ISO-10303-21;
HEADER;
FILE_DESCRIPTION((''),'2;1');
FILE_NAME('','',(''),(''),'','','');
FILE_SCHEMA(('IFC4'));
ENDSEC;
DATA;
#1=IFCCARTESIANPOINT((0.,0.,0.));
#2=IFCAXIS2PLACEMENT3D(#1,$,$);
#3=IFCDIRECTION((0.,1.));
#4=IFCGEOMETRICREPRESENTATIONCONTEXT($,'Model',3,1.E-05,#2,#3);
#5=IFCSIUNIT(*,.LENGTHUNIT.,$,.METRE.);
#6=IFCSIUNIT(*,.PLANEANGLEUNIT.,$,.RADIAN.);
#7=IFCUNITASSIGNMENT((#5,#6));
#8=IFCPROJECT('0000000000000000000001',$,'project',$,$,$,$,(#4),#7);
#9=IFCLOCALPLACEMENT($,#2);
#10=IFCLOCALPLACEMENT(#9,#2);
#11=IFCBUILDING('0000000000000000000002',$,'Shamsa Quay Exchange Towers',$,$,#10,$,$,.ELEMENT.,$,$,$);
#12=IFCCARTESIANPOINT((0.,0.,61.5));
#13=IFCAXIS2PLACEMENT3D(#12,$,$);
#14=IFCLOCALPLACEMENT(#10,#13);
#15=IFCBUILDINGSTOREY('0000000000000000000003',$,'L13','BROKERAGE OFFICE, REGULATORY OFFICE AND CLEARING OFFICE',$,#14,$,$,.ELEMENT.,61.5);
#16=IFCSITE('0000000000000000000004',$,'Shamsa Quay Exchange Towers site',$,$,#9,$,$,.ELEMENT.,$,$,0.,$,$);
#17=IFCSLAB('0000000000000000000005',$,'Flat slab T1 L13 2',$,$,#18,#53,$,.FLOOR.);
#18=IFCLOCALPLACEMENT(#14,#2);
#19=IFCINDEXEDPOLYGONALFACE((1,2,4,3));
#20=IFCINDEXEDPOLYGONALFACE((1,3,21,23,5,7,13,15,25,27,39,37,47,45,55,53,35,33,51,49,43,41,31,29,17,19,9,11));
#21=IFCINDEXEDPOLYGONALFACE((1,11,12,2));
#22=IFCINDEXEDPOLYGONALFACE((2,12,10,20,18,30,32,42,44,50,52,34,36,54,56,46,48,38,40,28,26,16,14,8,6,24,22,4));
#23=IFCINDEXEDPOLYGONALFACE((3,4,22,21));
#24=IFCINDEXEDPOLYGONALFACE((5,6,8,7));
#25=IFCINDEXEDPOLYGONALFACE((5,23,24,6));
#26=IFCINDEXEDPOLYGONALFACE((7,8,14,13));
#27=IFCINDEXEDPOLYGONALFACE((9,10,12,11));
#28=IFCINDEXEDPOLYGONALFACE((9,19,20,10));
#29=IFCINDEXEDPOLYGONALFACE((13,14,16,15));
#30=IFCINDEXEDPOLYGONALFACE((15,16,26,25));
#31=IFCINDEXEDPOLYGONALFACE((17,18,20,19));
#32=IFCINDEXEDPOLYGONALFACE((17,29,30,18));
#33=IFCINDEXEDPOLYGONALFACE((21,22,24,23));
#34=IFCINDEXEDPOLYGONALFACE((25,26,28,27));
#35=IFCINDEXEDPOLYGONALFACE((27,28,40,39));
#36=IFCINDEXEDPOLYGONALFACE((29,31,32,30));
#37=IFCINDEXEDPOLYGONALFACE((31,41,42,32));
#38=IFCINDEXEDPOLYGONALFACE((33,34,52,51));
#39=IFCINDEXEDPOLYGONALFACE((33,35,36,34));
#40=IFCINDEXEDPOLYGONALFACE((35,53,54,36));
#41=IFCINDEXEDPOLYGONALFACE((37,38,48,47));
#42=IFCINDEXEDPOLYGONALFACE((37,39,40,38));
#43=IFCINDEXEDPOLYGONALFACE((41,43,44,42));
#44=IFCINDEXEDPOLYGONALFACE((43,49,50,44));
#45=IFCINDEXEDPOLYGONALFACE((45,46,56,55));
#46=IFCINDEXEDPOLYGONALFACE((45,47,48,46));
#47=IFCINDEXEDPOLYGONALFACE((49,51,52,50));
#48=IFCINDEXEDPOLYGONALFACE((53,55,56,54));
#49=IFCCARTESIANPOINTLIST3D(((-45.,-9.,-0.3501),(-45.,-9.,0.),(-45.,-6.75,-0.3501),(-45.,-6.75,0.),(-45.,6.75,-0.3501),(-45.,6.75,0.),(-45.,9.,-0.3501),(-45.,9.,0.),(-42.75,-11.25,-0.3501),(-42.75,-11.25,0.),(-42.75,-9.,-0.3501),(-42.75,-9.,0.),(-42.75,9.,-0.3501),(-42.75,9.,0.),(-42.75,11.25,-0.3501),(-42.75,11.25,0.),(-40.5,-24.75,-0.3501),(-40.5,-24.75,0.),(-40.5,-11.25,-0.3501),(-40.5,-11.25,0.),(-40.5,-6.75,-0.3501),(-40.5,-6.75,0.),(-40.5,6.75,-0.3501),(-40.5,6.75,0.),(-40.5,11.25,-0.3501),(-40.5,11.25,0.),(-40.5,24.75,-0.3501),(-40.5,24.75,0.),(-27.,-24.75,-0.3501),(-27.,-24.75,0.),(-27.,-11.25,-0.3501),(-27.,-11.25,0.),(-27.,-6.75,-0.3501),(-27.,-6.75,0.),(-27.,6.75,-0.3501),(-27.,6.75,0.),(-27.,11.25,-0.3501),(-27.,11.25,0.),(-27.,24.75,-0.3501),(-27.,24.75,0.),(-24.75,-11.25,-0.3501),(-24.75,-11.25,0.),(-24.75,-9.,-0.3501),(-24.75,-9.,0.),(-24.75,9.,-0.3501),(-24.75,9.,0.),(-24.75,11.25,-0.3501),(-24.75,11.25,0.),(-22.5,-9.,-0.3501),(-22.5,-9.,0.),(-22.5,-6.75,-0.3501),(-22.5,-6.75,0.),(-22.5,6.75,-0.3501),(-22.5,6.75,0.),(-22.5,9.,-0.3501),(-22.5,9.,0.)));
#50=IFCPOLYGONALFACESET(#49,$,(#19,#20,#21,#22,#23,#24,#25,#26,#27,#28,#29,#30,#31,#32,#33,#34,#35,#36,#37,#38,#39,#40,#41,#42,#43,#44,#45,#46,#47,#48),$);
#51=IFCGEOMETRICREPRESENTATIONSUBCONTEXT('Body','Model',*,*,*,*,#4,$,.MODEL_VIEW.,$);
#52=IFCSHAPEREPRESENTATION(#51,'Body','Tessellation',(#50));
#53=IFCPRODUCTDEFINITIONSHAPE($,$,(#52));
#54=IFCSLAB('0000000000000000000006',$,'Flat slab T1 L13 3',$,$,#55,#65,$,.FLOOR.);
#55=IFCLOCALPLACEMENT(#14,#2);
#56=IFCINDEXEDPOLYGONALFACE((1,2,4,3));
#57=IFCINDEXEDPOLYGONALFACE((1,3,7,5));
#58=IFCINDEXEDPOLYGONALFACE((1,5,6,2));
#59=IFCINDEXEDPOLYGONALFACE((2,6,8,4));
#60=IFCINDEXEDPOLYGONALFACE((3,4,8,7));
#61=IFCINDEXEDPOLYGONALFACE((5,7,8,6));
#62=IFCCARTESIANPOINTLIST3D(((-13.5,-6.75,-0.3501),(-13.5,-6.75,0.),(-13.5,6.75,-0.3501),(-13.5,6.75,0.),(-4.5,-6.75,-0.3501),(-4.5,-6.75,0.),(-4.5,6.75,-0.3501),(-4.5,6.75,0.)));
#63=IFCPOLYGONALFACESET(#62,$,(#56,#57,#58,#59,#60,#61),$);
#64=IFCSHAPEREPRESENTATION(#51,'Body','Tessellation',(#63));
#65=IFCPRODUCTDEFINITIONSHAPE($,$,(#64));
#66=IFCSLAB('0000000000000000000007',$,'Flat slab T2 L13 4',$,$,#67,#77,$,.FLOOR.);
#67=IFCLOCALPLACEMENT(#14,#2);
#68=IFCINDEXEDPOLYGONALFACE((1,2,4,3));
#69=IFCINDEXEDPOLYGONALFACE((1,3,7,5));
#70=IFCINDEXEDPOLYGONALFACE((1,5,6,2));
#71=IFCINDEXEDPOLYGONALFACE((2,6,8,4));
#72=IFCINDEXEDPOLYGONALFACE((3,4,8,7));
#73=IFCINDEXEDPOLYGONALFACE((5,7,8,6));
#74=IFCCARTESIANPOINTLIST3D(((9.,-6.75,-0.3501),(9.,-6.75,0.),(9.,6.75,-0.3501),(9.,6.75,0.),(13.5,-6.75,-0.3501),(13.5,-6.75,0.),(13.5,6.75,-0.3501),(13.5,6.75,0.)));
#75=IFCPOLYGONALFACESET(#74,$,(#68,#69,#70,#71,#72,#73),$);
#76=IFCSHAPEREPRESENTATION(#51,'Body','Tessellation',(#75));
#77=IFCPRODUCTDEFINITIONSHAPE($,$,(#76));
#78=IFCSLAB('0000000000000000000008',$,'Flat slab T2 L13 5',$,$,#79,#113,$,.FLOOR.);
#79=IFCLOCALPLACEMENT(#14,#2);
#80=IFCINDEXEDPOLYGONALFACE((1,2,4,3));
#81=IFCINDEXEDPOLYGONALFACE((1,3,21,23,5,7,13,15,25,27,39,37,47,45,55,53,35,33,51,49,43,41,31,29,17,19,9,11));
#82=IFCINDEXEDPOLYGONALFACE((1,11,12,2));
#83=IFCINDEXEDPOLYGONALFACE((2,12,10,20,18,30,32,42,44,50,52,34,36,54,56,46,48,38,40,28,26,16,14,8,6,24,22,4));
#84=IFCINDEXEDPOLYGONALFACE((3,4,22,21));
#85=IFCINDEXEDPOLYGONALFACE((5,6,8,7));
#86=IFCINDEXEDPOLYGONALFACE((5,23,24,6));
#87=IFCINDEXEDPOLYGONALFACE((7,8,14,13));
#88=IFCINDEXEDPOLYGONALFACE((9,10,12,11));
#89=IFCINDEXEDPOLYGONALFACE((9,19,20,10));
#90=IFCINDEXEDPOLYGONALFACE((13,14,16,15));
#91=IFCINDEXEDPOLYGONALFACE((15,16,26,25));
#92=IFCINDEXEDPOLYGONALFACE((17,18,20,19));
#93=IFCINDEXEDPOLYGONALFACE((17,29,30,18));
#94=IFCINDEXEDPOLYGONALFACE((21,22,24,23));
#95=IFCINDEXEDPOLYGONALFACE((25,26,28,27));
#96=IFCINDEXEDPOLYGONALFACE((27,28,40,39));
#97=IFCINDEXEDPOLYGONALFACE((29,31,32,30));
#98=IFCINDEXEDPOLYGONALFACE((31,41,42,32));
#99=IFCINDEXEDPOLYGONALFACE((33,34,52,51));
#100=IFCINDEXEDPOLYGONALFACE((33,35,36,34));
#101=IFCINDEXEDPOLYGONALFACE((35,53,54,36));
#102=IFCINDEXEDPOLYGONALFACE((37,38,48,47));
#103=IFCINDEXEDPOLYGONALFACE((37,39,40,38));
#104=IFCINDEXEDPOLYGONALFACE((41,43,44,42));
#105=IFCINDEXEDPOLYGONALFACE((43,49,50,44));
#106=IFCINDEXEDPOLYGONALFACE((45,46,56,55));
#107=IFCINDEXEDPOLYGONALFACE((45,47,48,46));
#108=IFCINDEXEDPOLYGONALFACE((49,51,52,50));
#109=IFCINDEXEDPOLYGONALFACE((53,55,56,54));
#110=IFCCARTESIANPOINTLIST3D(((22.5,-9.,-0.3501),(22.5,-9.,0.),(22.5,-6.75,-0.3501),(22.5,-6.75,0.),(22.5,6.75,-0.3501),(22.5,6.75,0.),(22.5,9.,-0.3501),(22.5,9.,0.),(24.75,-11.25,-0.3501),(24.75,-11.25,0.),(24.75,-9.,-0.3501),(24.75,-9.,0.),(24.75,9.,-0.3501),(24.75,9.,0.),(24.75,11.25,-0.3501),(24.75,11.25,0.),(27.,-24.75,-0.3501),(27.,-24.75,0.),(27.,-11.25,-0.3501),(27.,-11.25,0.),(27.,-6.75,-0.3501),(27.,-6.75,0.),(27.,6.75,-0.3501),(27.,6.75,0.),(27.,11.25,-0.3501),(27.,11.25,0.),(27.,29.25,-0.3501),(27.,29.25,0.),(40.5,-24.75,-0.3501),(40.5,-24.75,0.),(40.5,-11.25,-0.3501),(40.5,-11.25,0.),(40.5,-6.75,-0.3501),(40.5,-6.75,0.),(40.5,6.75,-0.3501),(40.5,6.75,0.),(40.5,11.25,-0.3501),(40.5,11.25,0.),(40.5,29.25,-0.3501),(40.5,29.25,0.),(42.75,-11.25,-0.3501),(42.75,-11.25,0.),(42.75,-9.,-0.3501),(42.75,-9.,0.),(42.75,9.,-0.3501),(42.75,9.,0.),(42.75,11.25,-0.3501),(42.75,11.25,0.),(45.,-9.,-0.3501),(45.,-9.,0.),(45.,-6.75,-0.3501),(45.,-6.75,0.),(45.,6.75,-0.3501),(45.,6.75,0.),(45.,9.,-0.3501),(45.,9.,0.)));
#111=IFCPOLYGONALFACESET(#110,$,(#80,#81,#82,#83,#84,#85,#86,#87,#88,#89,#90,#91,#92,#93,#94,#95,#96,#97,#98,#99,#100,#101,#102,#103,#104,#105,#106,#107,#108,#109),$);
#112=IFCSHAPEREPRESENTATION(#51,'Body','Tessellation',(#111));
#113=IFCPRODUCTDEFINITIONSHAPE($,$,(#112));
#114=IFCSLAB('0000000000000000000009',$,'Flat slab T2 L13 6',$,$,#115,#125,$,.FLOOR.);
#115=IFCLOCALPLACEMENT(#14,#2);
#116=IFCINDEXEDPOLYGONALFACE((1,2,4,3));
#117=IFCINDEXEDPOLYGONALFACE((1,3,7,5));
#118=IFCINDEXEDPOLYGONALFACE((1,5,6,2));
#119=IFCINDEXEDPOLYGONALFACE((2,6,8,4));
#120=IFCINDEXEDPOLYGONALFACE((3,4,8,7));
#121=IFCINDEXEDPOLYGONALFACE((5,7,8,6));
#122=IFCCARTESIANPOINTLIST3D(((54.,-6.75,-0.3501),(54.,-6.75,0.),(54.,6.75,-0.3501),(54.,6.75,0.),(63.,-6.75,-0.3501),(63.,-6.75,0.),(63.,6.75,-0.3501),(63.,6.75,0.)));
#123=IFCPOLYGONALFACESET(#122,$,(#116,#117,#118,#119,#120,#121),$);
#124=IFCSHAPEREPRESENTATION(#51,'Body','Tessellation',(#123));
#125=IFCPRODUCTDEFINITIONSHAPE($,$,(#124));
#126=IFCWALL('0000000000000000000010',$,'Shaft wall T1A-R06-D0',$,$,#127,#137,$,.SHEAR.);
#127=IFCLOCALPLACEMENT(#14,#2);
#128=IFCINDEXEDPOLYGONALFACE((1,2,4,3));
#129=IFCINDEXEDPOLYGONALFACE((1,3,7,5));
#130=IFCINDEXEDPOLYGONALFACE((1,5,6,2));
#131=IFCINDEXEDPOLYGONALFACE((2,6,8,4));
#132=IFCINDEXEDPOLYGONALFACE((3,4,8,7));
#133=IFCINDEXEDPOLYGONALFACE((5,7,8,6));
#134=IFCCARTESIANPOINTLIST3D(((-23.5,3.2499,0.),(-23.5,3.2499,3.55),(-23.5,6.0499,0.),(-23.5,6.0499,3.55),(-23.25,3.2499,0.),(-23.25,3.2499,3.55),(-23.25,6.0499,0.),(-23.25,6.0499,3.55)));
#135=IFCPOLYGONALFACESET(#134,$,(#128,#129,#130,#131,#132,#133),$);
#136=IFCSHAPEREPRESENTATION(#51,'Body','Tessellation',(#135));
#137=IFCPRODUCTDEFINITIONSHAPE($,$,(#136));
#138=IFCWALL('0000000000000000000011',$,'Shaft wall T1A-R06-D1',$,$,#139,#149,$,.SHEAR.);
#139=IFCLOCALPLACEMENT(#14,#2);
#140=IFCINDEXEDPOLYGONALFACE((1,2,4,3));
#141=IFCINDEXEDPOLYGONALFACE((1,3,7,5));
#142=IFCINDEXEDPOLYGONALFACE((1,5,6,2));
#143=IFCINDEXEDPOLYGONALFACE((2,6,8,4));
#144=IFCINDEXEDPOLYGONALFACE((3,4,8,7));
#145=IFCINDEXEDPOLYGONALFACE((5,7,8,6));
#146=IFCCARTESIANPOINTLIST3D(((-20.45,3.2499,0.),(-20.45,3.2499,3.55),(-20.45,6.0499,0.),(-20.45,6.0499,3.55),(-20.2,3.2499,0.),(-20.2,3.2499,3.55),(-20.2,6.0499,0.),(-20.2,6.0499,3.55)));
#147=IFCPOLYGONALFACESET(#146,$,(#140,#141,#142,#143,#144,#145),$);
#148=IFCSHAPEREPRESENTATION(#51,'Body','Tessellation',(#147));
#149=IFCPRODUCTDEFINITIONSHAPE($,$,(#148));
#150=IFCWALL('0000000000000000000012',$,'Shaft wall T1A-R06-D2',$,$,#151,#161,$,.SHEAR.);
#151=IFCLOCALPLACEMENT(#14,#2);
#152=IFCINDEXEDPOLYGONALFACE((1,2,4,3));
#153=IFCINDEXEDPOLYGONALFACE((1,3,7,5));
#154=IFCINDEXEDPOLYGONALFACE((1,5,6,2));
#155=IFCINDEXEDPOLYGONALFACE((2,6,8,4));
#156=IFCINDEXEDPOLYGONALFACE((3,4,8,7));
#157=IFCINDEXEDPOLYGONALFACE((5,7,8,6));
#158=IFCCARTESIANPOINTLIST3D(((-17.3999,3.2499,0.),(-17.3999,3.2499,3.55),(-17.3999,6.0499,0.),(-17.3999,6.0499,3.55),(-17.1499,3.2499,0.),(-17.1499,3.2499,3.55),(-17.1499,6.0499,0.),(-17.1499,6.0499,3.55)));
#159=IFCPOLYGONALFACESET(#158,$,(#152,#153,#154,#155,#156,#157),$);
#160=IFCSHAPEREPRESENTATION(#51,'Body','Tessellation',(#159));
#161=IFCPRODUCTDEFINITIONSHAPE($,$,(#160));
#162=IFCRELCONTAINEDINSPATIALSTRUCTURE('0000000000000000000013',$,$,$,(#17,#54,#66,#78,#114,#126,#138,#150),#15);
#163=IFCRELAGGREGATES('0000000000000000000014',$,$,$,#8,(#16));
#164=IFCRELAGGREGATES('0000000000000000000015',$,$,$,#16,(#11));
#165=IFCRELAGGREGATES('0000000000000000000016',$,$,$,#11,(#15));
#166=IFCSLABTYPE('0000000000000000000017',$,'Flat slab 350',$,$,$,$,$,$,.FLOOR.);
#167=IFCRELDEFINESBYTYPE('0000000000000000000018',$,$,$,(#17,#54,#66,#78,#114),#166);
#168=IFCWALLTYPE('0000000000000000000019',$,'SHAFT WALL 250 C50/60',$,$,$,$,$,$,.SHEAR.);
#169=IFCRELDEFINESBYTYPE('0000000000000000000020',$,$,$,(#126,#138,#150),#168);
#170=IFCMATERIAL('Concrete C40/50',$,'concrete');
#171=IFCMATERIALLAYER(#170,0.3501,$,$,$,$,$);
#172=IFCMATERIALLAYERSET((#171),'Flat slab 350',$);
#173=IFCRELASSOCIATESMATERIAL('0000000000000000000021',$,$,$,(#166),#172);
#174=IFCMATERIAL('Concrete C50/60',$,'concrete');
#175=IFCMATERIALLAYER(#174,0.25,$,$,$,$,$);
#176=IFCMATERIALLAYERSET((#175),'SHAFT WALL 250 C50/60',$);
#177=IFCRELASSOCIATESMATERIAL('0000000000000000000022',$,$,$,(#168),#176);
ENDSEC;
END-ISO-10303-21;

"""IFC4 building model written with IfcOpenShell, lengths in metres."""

from ifc_helpers import new_model, si_unit, direction, frame, frame_2d, origin, place, context, subcontext, project, spatial, polyline, rectangle, outline, extrude, material, layer, layer_set, type_object, element, save


model = new_model("IFC4")

# Units and contexts
model_context = context("Model", 3, precision=1e-05, world=origin(), true_north=direction((0.0, 1.0)))
body_context = subcontext(model_context, "Body", "Model", "MODEL_VIEW")
ifc_project = project(units=[si_unit("LENGTHUNIT", "METRE"), si_unit("PLANEANGLEUNIT", "RADIAN")], contexts=[model_context])

# Site, building, storey
site_placement = place(None, origin())
site = spatial("IfcSite", under=ifc_project, at=site_placement, Name="Shamsa Quay Exchange Towers site", CompositionType="ELEMENT", RefElevation=0.0)
building_placement = place(site_placement, origin())
building = spatial("IfcBuilding", under=site, at=building_placement, Name="Shamsa Quay Exchange Towers", CompositionType="ELEMENT")
storey_placement = place(building_placement, frame((0.0, 0.0, 61.5)))
storey = spatial("IfcBuildingStorey", under=building, at=storey_placement, Name="L13", Description="BROKERAGE OFFICE, REGULATORY OFFICE AND CLEARING OFFICE", CompositionType="ELEMENT", Elevation=61.5)

# Slabs
ifc_material_1 = material(Name="Concrete C40/50", Category="concrete")
ifc_layer_1 = layer(ifc_material_1, 0.3501)
ifc_layer_set_1 = layer_set([ifc_layer_1], Name="Flat slab 350")
slab_type = type_object("IfcSlabType", Name="Flat slab 350", PredefinedType="FLOOR", material=ifc_layer_set_1)
slab_1_placement = place(storey_placement, frame((0.0, 0.0, -0.3501)))
element("IfcSlab", 1, at=slab_1_placement, inside=storey, type_object=slab_type, Name="Flat slab T1 L13 2", PredefinedType="FLOOR", context=body_context, shape_type="SweptSolid", body=[
    extrude(outline(polyline([(-22.5, -9.0), (-22.5, -6.75), (-27.0, -6.75), (-27.0, 6.75), (-22.5, 6.75), (-22.5, 9.0), (-24.75, 9.0), (-24.75, 11.25), (-27.0, 11.25), (-27.0, 24.75), (-40.5, 24.75), (-40.5, 11.25), (-42.75, 11.25), (-42.75, 9.0), (-45.0, 9.0), (-45.0, 6.75), (-40.5, 6.75), (-40.5, -6.75), (-45.0, -6.75), (-45.0, -9.0), (-42.75, -9.0), (-42.75, -11.25), (-40.5, -11.25), (-40.5, -24.75), (-27.0, -24.75), (-27.0, -11.25), (-24.75, -11.25), (-24.75, -9.0), (-22.5, -9.0)])), origin(), (0.0, 0.0, 1.0), 0.3501),
])
slab_2_placement = place(storey_placement, frame((0.0, 0.0, -0.3501)))
element("IfcSlab", 2, at=slab_2_placement, inside=storey, type_object=slab_type, Name="Flat slab T1 L13 3", PredefinedType="FLOOR", context=body_context, shape_type="SweptSolid", body=[
    extrude(outline(polyline([(-4.5, 6.75), (-13.5, 6.75), (-13.5, -6.75), (-4.5, -6.75), (-4.5, 6.75)])), origin(), (0.0, 0.0, 1.0), 0.3501),
])
slab_3_placement = place(storey_placement, frame((0.0, 0.0, -0.3501)))
element("IfcSlab", 3, at=slab_3_placement, inside=storey, type_object=slab_type, Name="Flat slab T2 L13 4", PredefinedType="FLOOR", context=body_context, shape_type="SweptSolid", body=[
    extrude(outline(polyline([(9.0, -6.75), (13.5, -6.75), (13.5, 6.75), (9.0, 6.75), (9.0, -6.75)])), origin(), (0.0, 0.0, 1.0), 0.3501),
])
slab_4_placement = place(storey_placement, frame((0.0, 0.0, -0.3501)))
element("IfcSlab", 4, at=slab_4_placement, inside=storey, type_object=slab_type, Name="Flat slab T2 L13 5", PredefinedType="FLOOR", context=body_context, shape_type="SweptSolid", body=[
    extrude(outline(polyline([(45.0, -9.0), (45.0, -6.75), (40.5, -6.75), (40.5, 6.75), (45.0, 6.75), (45.0, 9.0), (42.75, 9.0), (42.75, 11.25), (40.5, 11.25), (40.5, 29.25), (27.0, 29.25), (27.0, 11.25), (24.75, 11.25), (24.75, 9.0), (22.5, 9.0), (22.5, 6.75), (27.0, 6.75), (27.0, -6.75), (22.5, -6.75), (22.5, -9.0), (24.75, -9.0), (24.75, -11.25), (27.0, -11.25), (27.0, -24.75), (40.5, -24.75), (40.5, -11.25), (42.75, -11.25), (42.75, -9.0), (45.0, -9.0)])), origin(), (0.0, 0.0, 1.0), 0.3501),
])
slab_5_placement = place(storey_placement, frame((0.0, 0.0, -0.3501)))
element("IfcSlab", 5, at=slab_5_placement, inside=storey, type_object=slab_type, Name="Flat slab T2 L13 6", PredefinedType="FLOOR", context=body_context, shape_type="SweptSolid", body=[
    extrude(outline(polyline([(63.0, 6.75), (54.0, 6.75), (54.0, -6.75), (63.0, -6.75), (63.0, 6.75)])), origin(), (0.0, 0.0, 1.0), 0.3501),
])

# Walls
ifc_material_2 = material(Name="Concrete C50/60", Category="concrete")
ifc_layer_2 = layer(ifc_material_2, 0.25)
ifc_layer_set_2 = layer_set([ifc_layer_2], Name="SHAFT WALL 250 C50/60")
wall_type_1 = type_object("IfcWallType", Name="SHAFT WALL 250 C50/60", PredefinedType="SHEAR", material=ifc_layer_set_2)
for number, where, z_axis, x_axis, name in (
    (6, (-23.375, 3.25, 0.0), (0.0, 0.0, 1.0), (0.0, 1.0, 0.0), "Shaft wall T1A-R06-D0"),
    (7, (-20.325, 3.25, 0.0), (0.0, 0.0, 1.0), (0.0, 1.0, 0.0), "Shaft wall T1A-R06-D1"),
    (8, (-17.2749, 3.25, 0.0), (0.0, 0.0, 1.0), (0.0, 1.0, 0.0), "Shaft wall T1A-R06-D2"),
):
    element("IfcWall", number, at=place(storey_placement, frame(where, z_axis=z_axis, x_axis=x_axis)), inside=storey, type_object=wall_type_1, Name=name, PredefinedType="SHEAR", context=body_context, shape_type="SweptSolid", body=[
        extrude(rectangle(XDim=2.8, YDim=0.25, at=frame_2d((1.3999, 0.0))), origin(), (0.0, 0.0, 1.0), 3.55),
    ])

save(model, "model.ifc")
